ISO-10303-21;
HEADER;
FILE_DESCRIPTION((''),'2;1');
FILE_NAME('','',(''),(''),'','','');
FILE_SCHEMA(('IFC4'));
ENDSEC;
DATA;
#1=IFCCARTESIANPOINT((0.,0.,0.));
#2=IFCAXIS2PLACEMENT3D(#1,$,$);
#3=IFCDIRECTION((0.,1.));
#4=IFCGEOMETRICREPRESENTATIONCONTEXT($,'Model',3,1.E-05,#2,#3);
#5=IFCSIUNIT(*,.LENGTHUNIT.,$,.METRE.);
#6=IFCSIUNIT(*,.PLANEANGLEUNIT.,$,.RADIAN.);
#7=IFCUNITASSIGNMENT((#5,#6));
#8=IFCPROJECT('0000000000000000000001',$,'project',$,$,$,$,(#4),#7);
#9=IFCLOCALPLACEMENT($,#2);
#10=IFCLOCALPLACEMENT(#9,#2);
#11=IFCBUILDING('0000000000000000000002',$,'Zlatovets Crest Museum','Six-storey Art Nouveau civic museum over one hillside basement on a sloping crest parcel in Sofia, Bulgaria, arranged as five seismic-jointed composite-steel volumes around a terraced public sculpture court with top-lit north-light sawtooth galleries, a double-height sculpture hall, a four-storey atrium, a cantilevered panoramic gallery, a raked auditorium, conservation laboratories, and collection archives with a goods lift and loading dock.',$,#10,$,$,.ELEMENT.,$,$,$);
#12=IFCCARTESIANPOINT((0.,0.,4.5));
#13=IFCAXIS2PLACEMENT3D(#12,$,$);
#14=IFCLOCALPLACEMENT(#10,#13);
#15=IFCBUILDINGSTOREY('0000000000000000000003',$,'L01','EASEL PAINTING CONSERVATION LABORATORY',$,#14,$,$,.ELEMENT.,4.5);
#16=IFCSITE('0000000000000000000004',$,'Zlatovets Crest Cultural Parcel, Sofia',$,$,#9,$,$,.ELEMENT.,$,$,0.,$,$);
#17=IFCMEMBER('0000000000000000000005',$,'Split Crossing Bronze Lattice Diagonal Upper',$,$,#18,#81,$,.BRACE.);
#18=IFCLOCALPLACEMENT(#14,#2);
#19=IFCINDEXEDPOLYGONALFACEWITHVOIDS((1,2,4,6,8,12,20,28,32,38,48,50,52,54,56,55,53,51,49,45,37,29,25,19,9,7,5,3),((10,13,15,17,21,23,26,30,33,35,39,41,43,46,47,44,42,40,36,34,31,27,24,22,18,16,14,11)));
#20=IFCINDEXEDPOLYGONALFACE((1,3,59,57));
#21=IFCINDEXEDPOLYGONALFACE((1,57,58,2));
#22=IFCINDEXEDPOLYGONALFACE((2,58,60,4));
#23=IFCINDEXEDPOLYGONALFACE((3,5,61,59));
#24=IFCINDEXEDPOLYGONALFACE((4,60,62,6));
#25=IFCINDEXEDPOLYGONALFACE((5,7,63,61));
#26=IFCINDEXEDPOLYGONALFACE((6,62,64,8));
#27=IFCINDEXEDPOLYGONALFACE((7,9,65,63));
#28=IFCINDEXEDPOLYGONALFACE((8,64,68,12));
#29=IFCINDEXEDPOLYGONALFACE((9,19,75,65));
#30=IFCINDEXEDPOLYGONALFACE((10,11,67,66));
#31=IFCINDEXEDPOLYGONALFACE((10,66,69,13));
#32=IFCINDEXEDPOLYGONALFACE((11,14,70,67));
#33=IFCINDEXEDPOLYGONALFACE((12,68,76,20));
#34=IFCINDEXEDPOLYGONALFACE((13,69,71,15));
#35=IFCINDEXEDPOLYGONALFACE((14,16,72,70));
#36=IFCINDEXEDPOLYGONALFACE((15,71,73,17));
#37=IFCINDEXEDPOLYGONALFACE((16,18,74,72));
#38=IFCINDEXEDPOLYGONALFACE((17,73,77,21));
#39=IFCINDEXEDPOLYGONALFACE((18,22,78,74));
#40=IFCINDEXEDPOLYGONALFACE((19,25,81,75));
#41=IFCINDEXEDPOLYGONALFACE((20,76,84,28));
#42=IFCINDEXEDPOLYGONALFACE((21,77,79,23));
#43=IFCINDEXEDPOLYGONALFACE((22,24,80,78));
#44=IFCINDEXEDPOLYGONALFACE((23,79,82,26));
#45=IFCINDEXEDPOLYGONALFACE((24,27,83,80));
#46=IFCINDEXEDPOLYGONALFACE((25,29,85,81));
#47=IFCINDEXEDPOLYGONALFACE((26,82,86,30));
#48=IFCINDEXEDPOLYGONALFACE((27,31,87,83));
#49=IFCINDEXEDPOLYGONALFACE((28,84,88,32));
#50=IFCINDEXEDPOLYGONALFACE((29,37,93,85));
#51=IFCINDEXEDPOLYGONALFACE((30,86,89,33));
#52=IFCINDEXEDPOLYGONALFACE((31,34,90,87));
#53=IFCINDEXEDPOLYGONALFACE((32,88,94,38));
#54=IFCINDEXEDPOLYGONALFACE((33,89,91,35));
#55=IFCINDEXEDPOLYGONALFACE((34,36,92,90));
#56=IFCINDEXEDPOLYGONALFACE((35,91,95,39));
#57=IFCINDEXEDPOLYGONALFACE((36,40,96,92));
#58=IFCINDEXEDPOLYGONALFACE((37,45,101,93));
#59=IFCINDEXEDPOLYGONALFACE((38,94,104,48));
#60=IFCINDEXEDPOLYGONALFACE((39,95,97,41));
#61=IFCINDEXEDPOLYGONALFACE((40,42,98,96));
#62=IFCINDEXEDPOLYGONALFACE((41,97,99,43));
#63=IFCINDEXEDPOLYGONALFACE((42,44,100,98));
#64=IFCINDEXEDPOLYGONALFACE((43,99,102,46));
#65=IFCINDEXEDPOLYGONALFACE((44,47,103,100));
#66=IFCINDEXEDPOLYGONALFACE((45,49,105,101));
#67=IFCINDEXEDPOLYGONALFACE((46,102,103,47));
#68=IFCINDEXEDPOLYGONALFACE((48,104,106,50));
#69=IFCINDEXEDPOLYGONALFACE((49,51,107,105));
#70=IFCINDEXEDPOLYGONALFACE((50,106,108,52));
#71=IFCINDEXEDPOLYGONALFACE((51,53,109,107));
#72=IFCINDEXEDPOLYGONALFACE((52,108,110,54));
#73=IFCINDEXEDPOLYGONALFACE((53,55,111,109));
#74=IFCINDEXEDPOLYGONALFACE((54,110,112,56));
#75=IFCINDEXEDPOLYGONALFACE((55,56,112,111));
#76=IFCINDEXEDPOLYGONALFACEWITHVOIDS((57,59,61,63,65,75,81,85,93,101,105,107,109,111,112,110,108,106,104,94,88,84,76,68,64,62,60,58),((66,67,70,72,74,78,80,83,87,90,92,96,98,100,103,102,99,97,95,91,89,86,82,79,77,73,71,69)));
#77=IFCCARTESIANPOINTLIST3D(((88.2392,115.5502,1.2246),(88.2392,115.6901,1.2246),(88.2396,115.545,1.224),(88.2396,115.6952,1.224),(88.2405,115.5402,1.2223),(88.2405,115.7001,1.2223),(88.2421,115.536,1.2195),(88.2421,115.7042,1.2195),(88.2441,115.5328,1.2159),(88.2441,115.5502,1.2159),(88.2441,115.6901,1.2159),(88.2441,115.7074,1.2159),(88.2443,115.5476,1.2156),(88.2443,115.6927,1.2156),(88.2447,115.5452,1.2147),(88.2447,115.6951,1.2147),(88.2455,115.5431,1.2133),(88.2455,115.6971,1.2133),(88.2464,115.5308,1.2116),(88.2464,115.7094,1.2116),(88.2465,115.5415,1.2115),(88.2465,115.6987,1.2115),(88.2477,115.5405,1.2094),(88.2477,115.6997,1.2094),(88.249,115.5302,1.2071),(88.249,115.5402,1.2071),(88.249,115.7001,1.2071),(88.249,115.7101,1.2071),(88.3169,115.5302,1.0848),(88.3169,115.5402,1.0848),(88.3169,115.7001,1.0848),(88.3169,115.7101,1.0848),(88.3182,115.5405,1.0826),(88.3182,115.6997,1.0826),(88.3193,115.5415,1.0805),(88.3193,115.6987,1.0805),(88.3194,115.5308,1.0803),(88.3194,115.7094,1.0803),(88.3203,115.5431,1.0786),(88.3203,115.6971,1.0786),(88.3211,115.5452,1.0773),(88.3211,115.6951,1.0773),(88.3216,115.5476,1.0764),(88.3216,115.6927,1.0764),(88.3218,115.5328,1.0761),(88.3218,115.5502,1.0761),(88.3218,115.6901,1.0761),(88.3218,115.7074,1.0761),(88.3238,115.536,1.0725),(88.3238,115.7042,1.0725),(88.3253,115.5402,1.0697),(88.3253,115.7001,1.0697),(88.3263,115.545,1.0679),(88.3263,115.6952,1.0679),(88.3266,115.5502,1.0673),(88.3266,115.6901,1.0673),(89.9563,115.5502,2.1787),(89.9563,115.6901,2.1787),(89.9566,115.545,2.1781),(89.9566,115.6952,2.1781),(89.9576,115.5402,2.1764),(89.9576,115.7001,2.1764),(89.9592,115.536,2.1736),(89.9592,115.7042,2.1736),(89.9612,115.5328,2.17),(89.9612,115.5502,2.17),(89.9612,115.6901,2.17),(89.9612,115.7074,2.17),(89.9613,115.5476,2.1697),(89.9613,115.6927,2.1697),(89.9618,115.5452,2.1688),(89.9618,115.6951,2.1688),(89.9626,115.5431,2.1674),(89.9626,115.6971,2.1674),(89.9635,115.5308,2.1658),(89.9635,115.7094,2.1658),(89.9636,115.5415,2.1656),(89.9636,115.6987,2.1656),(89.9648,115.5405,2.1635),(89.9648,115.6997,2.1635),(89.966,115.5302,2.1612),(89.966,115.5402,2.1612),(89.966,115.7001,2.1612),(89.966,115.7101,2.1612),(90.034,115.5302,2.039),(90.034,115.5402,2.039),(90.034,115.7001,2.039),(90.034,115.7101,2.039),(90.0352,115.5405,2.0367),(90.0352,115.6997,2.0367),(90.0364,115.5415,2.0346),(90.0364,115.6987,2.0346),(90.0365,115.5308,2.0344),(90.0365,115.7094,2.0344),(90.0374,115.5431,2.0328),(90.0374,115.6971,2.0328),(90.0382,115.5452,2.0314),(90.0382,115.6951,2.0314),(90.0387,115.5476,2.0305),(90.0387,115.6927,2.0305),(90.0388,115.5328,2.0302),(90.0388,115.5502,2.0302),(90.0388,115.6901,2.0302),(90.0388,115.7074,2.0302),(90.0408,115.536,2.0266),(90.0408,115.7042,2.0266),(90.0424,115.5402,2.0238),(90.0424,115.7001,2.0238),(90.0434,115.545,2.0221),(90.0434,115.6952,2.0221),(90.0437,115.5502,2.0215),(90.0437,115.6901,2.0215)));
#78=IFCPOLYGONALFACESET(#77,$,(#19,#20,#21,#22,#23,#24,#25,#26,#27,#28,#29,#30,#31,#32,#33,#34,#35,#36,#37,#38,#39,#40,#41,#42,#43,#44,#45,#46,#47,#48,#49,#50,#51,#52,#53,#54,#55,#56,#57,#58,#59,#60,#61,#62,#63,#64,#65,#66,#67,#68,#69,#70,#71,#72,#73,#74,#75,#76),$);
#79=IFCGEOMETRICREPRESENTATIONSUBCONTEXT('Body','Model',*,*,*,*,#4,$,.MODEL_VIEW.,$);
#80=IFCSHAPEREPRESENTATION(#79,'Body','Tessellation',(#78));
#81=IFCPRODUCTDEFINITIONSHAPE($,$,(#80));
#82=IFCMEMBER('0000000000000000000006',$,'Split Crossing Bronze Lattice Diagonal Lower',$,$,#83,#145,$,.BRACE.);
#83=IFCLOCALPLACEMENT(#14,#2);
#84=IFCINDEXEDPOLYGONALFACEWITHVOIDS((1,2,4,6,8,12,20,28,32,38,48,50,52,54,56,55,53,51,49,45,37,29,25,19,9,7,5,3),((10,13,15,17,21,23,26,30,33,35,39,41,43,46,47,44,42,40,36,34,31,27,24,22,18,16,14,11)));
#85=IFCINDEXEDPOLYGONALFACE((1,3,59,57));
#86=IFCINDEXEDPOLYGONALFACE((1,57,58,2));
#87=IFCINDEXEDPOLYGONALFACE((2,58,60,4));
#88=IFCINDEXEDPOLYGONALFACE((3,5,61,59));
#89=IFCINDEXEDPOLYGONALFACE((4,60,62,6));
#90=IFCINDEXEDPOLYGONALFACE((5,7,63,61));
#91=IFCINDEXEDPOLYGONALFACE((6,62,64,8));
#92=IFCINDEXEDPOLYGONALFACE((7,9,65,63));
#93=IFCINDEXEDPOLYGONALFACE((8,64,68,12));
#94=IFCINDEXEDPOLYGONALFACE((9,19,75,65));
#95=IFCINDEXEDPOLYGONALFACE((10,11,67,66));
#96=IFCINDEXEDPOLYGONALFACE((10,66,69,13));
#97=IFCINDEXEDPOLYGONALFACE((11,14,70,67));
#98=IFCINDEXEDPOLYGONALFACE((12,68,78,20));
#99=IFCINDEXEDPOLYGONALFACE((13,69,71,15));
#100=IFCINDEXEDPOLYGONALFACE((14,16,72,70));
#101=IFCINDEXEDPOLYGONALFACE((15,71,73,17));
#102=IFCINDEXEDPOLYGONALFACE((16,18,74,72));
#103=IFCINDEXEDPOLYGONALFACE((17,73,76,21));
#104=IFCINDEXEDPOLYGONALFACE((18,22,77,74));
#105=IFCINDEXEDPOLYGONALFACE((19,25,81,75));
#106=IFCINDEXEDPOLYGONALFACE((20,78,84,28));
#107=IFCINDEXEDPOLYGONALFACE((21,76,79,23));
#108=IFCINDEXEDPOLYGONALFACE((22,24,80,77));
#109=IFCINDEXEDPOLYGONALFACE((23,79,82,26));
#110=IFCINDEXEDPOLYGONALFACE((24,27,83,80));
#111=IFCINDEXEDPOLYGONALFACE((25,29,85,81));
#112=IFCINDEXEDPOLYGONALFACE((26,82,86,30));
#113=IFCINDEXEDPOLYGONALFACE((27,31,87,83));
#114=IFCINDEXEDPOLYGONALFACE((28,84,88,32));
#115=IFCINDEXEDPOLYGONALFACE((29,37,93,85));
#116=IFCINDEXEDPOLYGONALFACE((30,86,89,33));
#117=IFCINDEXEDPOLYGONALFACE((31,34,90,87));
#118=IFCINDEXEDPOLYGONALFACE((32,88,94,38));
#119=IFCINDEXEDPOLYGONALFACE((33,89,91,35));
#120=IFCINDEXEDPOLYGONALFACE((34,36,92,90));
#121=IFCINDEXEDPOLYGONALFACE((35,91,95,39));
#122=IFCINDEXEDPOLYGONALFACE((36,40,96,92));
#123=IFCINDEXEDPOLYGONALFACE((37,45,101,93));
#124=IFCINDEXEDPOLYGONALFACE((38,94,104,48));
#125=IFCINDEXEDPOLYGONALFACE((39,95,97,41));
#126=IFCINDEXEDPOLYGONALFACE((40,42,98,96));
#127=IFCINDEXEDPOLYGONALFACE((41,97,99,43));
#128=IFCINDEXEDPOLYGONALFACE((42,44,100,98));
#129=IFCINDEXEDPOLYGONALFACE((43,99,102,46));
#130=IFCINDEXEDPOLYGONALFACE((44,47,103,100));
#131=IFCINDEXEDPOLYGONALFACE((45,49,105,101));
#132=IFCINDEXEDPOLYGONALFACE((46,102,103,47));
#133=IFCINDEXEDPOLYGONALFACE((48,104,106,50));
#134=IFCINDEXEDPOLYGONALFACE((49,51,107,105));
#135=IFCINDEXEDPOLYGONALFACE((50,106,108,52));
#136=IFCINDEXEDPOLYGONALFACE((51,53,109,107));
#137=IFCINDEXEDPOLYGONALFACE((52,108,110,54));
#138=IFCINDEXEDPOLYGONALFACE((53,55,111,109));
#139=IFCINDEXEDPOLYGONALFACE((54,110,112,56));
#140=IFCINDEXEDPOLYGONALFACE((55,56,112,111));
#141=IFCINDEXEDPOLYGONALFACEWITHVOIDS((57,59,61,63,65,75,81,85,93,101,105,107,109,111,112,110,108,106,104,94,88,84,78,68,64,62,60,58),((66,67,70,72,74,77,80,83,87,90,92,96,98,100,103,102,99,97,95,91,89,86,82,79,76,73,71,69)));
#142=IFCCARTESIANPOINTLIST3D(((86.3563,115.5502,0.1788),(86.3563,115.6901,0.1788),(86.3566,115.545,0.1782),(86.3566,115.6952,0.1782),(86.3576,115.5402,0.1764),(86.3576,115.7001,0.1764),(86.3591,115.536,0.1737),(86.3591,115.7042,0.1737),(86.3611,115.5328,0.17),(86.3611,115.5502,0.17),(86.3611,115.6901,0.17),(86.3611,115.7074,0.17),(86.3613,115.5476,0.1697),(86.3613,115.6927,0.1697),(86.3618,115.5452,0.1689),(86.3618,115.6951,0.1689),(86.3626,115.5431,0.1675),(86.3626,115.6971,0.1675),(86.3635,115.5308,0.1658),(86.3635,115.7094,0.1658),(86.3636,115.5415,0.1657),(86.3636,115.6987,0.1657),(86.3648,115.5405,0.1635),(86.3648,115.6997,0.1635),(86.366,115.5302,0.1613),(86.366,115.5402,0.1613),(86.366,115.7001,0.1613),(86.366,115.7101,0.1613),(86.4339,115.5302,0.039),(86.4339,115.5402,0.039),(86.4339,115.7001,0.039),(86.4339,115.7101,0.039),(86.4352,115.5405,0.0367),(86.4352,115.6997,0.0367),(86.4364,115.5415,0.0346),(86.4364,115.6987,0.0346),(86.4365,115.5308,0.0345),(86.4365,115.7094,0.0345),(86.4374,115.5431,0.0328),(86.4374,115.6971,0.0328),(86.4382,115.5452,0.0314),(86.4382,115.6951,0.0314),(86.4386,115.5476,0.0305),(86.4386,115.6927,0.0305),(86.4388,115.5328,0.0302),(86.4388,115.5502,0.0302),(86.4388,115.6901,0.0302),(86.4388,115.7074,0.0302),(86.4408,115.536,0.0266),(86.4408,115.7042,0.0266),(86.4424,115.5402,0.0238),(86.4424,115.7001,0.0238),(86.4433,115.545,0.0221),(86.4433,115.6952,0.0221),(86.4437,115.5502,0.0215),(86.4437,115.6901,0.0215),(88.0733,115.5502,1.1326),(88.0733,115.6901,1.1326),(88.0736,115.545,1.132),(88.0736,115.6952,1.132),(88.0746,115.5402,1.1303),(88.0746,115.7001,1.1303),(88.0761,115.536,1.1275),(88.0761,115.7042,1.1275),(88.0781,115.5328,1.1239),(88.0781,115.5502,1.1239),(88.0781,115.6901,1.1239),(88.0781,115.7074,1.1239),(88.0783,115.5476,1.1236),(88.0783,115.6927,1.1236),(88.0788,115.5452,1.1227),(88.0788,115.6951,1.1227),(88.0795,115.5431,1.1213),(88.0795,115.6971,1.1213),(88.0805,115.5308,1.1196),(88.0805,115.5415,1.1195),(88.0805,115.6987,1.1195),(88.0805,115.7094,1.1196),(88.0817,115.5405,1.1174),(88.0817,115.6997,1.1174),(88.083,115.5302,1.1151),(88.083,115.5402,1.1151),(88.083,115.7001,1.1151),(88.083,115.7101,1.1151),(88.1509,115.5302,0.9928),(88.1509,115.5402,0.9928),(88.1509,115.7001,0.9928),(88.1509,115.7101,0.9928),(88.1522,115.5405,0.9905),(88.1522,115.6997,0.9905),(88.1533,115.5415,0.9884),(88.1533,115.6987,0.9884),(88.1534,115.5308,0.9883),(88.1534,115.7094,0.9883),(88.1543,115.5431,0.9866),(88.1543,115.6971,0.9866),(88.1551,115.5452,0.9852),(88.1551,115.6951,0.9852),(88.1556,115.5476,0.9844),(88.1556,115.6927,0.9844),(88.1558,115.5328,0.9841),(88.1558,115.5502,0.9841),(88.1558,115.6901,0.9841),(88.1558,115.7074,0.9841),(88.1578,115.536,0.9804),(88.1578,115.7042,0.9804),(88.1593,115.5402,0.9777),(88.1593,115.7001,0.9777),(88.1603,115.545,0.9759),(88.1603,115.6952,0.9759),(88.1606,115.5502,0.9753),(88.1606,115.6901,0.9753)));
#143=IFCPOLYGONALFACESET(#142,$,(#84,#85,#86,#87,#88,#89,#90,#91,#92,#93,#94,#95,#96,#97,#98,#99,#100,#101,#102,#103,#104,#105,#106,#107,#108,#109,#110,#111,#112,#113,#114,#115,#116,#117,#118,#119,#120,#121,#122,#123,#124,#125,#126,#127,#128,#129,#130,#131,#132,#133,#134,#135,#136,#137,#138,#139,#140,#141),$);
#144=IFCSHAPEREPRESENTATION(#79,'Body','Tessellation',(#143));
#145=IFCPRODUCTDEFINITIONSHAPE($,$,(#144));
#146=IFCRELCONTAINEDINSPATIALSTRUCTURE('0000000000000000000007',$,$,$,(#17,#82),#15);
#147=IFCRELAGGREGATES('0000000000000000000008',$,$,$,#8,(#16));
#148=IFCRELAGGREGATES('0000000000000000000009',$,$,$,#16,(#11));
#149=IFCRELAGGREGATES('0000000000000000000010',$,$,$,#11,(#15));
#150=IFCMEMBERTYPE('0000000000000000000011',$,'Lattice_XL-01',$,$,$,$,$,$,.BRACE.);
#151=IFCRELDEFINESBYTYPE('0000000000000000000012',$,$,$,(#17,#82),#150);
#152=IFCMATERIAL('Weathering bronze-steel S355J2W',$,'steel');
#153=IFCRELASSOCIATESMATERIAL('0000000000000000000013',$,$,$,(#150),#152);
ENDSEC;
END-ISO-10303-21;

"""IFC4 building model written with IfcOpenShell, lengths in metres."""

from ifc_helpers import new_model, si_unit, direction, frame, origin, origin_2d, place, context, subcontext, project, spatial, hollow_rectangle, extrude, material, material_profile, profile_set, type_object, element, save


model = new_model("IFC4")

# Units and contexts
model_context = context("Model", 3, precision=1e-05, world=origin(), true_north=direction((0.0, 1.0)))
body_context = subcontext(model_context, "Body", "Model", "MODEL_VIEW")
ifc_project = project(units=[si_unit("LENGTHUNIT", "METRE"), si_unit("PLANEANGLEUNIT", "RADIAN")], contexts=[model_context])

# Site, building, storey
site_placement = place(None, origin())
site = spatial("IfcSite", under=ifc_project, at=site_placement, Name="Zlatovets Crest Cultural Parcel, Sofia", CompositionType="ELEMENT", RefElevation=0.0)
building_placement = place(site_placement, origin())
building = spatial("IfcBuilding", under=site, at=building_placement, Name="Zlatovets Crest Museum", Description="Six-storey Art Nouveau civic museum over one hillside basement on a sloping crest parcel in Sofia, Bulgaria, arranged as five seismic-jointed composite-steel volumes around a terraced public sculpture court with top-lit north-light sawtooth galleries, a double-height sculpture hall, a four-storey atrium, a cantilevered panoramic gallery, a raked auditorium, conservation laboratories, and collection archives with a goods lift and loading dock.", CompositionType="ELEMENT")
storey_placement = place(building_placement, frame((0.0, 0.0, 4.5)))
storey = spatial("IfcBuildingStorey", under=building, at=storey_placement, Name="L01", Description="EASEL PAINTING CONSERVATION LABORATORY", CompositionType="ELEMENT", Elevation=4.5)

# Members
ifc_material_1 = material(Name="Weathering bronze-steel S355J2W", Category="steel")
ifc_material_profile_1 = material_profile(ifc_material_1, hollow_rectangle(XDim=0.1799, YDim=0.1799, WallThickness=0.01, InnerFilletRadius=0.01, OuterFilletRadius=0.02, at=origin_2d()), Name="SHS 180x180x10.0")
ifc_profile_set_1 = profile_set([ifc_material_profile_1], Name="Weathering bronze-steel S355J2W")
member_type_1 = type_object("IfcMemberType", Name="Lattice_XL-01", PredefinedType="BRACE", material=ifc_profile_set_1)
member_1_placement = place(storey_placement, frame((90.0, 115.6201, 2.1001), z_axis=(-0.874116, 0.0, -0.485717), x_axis=(0.0, -1.0, 0.0)))
element("IfcMember", 1, at=member_1_placement, inside=storey, type_object=member_type_1, Name="Split Crossing Bronze Lattice Diagonal Upper", PredefinedType="BRACE", context=body_context, shape_type="SweptSolid", body=[
    extrude(hollow_rectangle(XDim=0.1799, YDim=0.1799, WallThickness=0.01, InnerFilletRadius=0.01, OuterFilletRadius=0.02, at=origin_2d()), origin(), (0.0, 0.0, 1.0), 1.9644),
])
for number, where, z_axis, x_axis, name in (
    (2, (88.1169, 115.6201, 1.054), (-0.874169, 0.0, -0.485622), (0.0, -1.0, 0.0), "Split Crossing Bronze Lattice Diagonal Lower"),
):
    element("IfcMember", number, at=place(storey_placement, frame(where, z_axis=z_axis, x_axis=x_axis)), inside=storey, type_object=member_type_1, Name=name, PredefinedType="BRACE", context=body_context, shape_type="SweptSolid", body=[
        extrude(hollow_rectangle(XDim=0.1799, YDim=0.1799, WallThickness=0.01, InnerFilletRadius=0.01, OuterFilletRadius=0.02, at=origin_2d()), origin(), (0.0, 0.0, 1.0), 1.9641),
    ])

save(model, "model.ifc")
